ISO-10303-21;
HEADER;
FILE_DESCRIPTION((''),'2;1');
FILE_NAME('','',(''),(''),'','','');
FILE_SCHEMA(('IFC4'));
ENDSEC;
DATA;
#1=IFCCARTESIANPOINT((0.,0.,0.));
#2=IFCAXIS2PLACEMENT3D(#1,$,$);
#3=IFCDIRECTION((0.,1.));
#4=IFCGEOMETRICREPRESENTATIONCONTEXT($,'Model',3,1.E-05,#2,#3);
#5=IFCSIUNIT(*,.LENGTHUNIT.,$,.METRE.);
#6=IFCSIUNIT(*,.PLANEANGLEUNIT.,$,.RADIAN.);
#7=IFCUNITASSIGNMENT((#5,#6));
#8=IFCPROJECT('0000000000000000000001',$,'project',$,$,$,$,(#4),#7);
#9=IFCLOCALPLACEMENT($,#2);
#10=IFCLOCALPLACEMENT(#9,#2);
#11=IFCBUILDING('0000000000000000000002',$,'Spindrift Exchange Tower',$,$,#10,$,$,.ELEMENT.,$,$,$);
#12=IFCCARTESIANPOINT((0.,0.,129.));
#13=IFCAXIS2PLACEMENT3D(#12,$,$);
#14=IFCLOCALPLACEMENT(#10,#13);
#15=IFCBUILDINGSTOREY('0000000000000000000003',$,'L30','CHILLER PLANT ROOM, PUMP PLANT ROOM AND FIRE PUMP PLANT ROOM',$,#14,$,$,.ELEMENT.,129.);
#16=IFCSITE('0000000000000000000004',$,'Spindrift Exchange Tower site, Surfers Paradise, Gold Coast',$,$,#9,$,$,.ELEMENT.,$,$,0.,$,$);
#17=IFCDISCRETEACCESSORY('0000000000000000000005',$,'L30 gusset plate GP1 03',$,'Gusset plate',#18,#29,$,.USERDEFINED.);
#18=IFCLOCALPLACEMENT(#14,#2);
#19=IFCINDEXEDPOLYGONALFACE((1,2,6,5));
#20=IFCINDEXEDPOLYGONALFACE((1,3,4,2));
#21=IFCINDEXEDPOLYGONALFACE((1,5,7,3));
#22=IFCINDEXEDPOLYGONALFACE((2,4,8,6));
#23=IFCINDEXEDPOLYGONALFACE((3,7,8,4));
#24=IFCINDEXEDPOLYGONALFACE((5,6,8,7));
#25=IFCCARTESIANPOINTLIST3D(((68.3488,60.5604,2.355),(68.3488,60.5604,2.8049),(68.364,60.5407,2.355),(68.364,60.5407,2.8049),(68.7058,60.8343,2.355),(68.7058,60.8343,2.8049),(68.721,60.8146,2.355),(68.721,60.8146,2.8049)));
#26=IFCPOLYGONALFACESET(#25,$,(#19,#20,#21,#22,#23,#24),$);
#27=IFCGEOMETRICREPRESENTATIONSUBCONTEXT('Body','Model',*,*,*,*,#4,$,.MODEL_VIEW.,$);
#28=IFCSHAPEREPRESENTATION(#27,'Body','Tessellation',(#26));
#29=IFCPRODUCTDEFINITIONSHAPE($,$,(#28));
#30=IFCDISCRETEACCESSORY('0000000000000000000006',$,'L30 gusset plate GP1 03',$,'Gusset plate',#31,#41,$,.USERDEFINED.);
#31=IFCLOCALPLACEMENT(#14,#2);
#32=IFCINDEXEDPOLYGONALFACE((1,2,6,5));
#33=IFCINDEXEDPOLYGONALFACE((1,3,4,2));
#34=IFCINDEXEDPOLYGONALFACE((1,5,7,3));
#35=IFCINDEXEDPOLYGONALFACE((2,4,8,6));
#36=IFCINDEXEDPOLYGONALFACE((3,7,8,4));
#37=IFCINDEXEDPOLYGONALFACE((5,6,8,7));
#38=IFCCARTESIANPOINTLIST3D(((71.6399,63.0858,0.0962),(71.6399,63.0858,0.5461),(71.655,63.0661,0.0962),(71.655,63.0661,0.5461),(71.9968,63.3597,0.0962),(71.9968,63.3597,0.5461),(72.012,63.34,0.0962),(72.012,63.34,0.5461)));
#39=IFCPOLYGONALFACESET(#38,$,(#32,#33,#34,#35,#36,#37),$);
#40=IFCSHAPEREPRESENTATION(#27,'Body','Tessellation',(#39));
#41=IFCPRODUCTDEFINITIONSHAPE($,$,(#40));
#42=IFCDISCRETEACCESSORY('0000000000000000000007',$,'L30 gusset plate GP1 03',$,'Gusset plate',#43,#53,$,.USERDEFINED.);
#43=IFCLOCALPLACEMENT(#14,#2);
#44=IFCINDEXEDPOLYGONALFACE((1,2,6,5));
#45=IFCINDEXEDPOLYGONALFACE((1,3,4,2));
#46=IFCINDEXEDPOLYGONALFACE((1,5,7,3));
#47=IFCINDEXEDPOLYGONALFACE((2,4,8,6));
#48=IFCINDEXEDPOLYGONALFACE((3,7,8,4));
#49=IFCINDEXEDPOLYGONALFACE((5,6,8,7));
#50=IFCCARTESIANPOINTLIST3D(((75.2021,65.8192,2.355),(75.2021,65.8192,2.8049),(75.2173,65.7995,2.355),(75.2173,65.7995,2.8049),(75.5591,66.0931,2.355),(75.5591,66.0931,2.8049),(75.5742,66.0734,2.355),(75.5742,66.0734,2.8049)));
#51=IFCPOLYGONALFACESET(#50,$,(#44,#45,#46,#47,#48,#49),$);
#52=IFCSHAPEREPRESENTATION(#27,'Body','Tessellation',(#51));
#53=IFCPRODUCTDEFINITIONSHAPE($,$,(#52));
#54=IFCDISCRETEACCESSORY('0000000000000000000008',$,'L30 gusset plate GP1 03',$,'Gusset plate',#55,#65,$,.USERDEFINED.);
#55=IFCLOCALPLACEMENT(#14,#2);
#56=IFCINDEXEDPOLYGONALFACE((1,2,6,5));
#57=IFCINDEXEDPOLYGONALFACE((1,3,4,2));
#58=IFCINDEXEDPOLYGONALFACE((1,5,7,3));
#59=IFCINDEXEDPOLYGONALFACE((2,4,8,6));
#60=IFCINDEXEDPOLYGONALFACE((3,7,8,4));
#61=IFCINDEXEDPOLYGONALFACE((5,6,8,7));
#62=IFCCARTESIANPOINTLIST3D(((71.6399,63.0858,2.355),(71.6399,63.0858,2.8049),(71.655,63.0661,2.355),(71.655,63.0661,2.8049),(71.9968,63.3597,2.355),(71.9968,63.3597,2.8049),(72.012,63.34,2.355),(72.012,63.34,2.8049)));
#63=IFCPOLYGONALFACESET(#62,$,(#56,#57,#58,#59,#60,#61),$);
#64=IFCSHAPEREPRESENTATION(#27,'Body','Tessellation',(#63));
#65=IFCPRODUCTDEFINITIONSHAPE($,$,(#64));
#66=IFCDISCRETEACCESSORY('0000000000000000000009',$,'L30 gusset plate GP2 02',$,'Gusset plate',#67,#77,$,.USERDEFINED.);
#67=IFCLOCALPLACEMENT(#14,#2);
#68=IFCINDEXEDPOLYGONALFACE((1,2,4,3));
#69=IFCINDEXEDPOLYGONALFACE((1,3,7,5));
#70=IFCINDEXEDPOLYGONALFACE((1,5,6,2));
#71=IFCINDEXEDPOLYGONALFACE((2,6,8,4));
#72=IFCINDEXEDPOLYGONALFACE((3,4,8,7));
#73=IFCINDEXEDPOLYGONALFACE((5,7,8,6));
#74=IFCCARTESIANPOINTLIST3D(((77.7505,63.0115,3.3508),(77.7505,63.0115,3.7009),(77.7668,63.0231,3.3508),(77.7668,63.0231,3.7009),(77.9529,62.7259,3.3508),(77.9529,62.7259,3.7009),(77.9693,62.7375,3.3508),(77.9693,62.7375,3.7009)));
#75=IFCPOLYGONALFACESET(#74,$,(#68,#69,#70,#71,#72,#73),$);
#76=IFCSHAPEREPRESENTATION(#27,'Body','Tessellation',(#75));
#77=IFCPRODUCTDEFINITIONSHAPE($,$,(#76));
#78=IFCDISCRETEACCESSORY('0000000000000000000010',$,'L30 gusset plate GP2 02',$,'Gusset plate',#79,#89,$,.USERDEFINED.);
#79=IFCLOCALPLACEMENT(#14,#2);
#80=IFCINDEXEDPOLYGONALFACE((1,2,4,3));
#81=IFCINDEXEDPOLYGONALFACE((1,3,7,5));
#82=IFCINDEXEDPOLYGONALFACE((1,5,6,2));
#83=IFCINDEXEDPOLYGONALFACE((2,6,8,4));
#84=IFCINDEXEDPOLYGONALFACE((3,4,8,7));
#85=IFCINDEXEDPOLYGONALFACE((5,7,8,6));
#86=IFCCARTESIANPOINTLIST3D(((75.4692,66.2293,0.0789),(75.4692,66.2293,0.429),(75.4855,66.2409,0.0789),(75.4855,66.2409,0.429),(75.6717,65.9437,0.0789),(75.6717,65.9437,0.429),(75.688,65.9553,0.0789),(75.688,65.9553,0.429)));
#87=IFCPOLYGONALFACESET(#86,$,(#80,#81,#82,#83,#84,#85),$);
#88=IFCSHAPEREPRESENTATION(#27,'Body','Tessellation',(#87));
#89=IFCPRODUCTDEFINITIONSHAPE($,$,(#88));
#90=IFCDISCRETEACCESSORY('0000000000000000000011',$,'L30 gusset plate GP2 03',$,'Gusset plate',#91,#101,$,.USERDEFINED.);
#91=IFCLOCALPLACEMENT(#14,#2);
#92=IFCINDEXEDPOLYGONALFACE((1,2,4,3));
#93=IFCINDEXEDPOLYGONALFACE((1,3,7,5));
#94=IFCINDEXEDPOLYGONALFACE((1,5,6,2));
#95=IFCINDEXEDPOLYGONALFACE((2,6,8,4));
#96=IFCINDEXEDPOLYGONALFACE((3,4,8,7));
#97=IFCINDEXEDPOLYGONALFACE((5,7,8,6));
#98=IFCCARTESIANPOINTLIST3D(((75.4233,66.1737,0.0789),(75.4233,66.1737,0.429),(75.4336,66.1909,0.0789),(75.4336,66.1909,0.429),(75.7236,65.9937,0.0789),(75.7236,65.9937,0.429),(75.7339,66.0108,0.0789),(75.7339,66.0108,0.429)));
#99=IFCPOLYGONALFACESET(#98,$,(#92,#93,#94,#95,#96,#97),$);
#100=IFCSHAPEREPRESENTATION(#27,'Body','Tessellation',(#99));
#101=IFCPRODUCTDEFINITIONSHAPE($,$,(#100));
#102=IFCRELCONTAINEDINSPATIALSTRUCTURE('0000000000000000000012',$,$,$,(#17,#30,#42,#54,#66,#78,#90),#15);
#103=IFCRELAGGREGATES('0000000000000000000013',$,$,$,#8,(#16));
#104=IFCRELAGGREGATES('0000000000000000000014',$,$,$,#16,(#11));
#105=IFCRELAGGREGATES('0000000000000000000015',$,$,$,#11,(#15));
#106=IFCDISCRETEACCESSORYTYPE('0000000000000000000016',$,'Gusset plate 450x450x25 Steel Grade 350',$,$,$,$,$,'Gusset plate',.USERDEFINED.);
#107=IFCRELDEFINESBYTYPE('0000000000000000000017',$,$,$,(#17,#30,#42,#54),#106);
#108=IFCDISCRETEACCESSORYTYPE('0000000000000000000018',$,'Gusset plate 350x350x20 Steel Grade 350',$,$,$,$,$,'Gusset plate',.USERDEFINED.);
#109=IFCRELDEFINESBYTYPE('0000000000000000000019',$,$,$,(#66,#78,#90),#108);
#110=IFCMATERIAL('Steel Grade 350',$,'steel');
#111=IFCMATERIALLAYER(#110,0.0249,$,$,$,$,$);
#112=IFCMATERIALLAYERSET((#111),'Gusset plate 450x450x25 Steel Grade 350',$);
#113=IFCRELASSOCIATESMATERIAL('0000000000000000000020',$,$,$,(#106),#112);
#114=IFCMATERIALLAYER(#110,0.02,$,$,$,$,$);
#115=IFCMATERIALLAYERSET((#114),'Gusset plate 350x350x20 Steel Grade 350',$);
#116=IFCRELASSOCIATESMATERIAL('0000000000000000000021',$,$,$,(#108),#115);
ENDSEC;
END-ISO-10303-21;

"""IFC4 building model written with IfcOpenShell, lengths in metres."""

from ifc_helpers import new_model, si_unit, direction, frame, origin, origin_2d, place, context, subcontext, project, spatial, rectangle, extrude, source, transform, mapped, material, layer, layer_set, type_object, element, save


model = new_model("IFC4")

# Units and contexts
model_context = context("Model", 3, precision=1e-05, world=origin(), true_north=direction((0.0, 1.0)))
body_context = subcontext(model_context, "Body", "Model", "MODEL_VIEW")
ifc_project = project(units=[si_unit("LENGTHUNIT", "METRE"), si_unit("PLANEANGLEUNIT", "RADIAN")], contexts=[model_context])

# Site, building, storey
site_placement = place(None, origin())
site = spatial("IfcSite", under=ifc_project, at=site_placement, Name="Spindrift Exchange Tower site, Surfers Paradise, Gold Coast", CompositionType="ELEMENT", RefElevation=0.0)
building_placement = place(site_placement, origin())
building = spatial("IfcBuilding", under=site, at=building_placement, Name="Spindrift Exchange Tower", CompositionType="ELEMENT")
storey_placement = place(building_placement, frame((0.0, 0.0, 129.0)))
storey = spatial("IfcBuildingStorey", under=building, at=storey_placement, Name="L30", Description="CHILLER PLANT ROOM, PUMP PLANT ROOM AND FIRE PUMP PLANT ROOM", CompositionType="ELEMENT", Elevation=129.0)

# Shared definitions
ifc_material_1 = material(Name="Steel Grade 350", Category="steel")

# Discrete accessories
ifc_layer_1 = layer(ifc_material_1, 0.0249)
ifc_layer_set_1 = layer_set([ifc_layer_1], Name="Gusset plate 450x450x25 Steel Grade 350")
discrete_accessory_type_1 = type_object("IfcDiscreteAccessoryType", Name="Gusset plate 450x450x25 Steel Grade 350", ElementType="Gusset plate", PredefinedType="USERDEFINED", material=ifc_layer_set_1)
shared_shape_1 = source(origin(), body_context, "Body", "SweptSolid", [
    extrude(rectangle(XDim=0.45, YDim=0.0249, at=origin_2d()), origin(), (0.0, 0.0, 1.0), 0.45),
])
for number, where, z_axis, x_axis, name in (
    (1, (68.5349, 60.6875, 2.355), (0.0, 0.0, 1.0), (0.793359, 0.608755, 0.0), "L30 gusset plate GP1 03"),
    (2, (71.8259, 63.2129, 0.0962), (0.0, 0.0, 1.0), (0.793359, 0.608755, 0.0), "L30 gusset plate GP1 03"),
    (3, (75.3882, 65.9463, 2.355), (0.0, 0.0, 1.0), (0.79335, 0.608766, 0.0), "L30 gusset plate GP1 03"),
    (4, (71.8259, 63.2129, 2.355), (0.0, 0.0, 1.0), (0.793353, 0.608761, 0.0), "L30 gusset plate GP1 03"),
):
    element("IfcDiscreteAccessory", number, at=place(storey_placement, frame(where, z_axis=z_axis, x_axis=x_axis)), inside=storey, type_object=discrete_accessory_type_1, Name=name, ObjectType="Gusset plate", PredefinedType="USERDEFINED", context=body_context, shape_type="MappedRepresentation", body=[
        mapped(shared_shape_1, transform((0.0, 0.0, 0.0), scale=1.0)),
    ])
ifc_layer_2 = layer(ifc_material_1, 0.02)
ifc_layer_set_2 = layer_set([ifc_layer_2], Name="Gusset plate 350x350x20 Steel Grade 350")
discrete_accessory_type_2 = type_object("IfcDiscreteAccessoryType", Name="Gusset plate 350x350x20 Steel Grade 350", ElementType="Gusset plate", PredefinedType="USERDEFINED", material=ifc_layer_set_2)
shared_shape_2 = source(origin(), body_context, "Body", "SweptSolid", [
    extrude(rectangle(XDim=0.3501, YDim=0.02, at=origin_2d()), origin(), (0.0, 0.0, 1.0), 0.3501),
])
for number, where, z_axis, x_axis, name in (
    (5, (77.8599, 62.8745, 3.3508), (0.0, 0.0, 1.0), (-0.578369, 0.815775, 0.0), "L30 gusset plate GP2 02"),
    (6, (75.5786, 66.0923, 0.0789), (0.0, 0.0, 1.0), (-0.578365, 0.815778, 0.0), "L30 gusset plate GP2 02"),
    (7, (75.5786, 66.0923, 0.0789), (0.0, 0.0, 1.0), (-0.857566, 0.514374, 0.0), "L30 gusset plate GP2 03"),
):
    element("IfcDiscreteAccessory", number, at=place(storey_placement, frame(where, z_axis=z_axis, x_axis=x_axis)), inside=storey, type_object=discrete_accessory_type_2, Name=name, ObjectType="Gusset plate", PredefinedType="USERDEFINED", context=body_context, shape_type="MappedRepresentation", body=[
        mapped(shared_shape_2, transform((0.0, 0.0, 0.0), scale=1.0)),
    ])

save(model, "model.ifc")
